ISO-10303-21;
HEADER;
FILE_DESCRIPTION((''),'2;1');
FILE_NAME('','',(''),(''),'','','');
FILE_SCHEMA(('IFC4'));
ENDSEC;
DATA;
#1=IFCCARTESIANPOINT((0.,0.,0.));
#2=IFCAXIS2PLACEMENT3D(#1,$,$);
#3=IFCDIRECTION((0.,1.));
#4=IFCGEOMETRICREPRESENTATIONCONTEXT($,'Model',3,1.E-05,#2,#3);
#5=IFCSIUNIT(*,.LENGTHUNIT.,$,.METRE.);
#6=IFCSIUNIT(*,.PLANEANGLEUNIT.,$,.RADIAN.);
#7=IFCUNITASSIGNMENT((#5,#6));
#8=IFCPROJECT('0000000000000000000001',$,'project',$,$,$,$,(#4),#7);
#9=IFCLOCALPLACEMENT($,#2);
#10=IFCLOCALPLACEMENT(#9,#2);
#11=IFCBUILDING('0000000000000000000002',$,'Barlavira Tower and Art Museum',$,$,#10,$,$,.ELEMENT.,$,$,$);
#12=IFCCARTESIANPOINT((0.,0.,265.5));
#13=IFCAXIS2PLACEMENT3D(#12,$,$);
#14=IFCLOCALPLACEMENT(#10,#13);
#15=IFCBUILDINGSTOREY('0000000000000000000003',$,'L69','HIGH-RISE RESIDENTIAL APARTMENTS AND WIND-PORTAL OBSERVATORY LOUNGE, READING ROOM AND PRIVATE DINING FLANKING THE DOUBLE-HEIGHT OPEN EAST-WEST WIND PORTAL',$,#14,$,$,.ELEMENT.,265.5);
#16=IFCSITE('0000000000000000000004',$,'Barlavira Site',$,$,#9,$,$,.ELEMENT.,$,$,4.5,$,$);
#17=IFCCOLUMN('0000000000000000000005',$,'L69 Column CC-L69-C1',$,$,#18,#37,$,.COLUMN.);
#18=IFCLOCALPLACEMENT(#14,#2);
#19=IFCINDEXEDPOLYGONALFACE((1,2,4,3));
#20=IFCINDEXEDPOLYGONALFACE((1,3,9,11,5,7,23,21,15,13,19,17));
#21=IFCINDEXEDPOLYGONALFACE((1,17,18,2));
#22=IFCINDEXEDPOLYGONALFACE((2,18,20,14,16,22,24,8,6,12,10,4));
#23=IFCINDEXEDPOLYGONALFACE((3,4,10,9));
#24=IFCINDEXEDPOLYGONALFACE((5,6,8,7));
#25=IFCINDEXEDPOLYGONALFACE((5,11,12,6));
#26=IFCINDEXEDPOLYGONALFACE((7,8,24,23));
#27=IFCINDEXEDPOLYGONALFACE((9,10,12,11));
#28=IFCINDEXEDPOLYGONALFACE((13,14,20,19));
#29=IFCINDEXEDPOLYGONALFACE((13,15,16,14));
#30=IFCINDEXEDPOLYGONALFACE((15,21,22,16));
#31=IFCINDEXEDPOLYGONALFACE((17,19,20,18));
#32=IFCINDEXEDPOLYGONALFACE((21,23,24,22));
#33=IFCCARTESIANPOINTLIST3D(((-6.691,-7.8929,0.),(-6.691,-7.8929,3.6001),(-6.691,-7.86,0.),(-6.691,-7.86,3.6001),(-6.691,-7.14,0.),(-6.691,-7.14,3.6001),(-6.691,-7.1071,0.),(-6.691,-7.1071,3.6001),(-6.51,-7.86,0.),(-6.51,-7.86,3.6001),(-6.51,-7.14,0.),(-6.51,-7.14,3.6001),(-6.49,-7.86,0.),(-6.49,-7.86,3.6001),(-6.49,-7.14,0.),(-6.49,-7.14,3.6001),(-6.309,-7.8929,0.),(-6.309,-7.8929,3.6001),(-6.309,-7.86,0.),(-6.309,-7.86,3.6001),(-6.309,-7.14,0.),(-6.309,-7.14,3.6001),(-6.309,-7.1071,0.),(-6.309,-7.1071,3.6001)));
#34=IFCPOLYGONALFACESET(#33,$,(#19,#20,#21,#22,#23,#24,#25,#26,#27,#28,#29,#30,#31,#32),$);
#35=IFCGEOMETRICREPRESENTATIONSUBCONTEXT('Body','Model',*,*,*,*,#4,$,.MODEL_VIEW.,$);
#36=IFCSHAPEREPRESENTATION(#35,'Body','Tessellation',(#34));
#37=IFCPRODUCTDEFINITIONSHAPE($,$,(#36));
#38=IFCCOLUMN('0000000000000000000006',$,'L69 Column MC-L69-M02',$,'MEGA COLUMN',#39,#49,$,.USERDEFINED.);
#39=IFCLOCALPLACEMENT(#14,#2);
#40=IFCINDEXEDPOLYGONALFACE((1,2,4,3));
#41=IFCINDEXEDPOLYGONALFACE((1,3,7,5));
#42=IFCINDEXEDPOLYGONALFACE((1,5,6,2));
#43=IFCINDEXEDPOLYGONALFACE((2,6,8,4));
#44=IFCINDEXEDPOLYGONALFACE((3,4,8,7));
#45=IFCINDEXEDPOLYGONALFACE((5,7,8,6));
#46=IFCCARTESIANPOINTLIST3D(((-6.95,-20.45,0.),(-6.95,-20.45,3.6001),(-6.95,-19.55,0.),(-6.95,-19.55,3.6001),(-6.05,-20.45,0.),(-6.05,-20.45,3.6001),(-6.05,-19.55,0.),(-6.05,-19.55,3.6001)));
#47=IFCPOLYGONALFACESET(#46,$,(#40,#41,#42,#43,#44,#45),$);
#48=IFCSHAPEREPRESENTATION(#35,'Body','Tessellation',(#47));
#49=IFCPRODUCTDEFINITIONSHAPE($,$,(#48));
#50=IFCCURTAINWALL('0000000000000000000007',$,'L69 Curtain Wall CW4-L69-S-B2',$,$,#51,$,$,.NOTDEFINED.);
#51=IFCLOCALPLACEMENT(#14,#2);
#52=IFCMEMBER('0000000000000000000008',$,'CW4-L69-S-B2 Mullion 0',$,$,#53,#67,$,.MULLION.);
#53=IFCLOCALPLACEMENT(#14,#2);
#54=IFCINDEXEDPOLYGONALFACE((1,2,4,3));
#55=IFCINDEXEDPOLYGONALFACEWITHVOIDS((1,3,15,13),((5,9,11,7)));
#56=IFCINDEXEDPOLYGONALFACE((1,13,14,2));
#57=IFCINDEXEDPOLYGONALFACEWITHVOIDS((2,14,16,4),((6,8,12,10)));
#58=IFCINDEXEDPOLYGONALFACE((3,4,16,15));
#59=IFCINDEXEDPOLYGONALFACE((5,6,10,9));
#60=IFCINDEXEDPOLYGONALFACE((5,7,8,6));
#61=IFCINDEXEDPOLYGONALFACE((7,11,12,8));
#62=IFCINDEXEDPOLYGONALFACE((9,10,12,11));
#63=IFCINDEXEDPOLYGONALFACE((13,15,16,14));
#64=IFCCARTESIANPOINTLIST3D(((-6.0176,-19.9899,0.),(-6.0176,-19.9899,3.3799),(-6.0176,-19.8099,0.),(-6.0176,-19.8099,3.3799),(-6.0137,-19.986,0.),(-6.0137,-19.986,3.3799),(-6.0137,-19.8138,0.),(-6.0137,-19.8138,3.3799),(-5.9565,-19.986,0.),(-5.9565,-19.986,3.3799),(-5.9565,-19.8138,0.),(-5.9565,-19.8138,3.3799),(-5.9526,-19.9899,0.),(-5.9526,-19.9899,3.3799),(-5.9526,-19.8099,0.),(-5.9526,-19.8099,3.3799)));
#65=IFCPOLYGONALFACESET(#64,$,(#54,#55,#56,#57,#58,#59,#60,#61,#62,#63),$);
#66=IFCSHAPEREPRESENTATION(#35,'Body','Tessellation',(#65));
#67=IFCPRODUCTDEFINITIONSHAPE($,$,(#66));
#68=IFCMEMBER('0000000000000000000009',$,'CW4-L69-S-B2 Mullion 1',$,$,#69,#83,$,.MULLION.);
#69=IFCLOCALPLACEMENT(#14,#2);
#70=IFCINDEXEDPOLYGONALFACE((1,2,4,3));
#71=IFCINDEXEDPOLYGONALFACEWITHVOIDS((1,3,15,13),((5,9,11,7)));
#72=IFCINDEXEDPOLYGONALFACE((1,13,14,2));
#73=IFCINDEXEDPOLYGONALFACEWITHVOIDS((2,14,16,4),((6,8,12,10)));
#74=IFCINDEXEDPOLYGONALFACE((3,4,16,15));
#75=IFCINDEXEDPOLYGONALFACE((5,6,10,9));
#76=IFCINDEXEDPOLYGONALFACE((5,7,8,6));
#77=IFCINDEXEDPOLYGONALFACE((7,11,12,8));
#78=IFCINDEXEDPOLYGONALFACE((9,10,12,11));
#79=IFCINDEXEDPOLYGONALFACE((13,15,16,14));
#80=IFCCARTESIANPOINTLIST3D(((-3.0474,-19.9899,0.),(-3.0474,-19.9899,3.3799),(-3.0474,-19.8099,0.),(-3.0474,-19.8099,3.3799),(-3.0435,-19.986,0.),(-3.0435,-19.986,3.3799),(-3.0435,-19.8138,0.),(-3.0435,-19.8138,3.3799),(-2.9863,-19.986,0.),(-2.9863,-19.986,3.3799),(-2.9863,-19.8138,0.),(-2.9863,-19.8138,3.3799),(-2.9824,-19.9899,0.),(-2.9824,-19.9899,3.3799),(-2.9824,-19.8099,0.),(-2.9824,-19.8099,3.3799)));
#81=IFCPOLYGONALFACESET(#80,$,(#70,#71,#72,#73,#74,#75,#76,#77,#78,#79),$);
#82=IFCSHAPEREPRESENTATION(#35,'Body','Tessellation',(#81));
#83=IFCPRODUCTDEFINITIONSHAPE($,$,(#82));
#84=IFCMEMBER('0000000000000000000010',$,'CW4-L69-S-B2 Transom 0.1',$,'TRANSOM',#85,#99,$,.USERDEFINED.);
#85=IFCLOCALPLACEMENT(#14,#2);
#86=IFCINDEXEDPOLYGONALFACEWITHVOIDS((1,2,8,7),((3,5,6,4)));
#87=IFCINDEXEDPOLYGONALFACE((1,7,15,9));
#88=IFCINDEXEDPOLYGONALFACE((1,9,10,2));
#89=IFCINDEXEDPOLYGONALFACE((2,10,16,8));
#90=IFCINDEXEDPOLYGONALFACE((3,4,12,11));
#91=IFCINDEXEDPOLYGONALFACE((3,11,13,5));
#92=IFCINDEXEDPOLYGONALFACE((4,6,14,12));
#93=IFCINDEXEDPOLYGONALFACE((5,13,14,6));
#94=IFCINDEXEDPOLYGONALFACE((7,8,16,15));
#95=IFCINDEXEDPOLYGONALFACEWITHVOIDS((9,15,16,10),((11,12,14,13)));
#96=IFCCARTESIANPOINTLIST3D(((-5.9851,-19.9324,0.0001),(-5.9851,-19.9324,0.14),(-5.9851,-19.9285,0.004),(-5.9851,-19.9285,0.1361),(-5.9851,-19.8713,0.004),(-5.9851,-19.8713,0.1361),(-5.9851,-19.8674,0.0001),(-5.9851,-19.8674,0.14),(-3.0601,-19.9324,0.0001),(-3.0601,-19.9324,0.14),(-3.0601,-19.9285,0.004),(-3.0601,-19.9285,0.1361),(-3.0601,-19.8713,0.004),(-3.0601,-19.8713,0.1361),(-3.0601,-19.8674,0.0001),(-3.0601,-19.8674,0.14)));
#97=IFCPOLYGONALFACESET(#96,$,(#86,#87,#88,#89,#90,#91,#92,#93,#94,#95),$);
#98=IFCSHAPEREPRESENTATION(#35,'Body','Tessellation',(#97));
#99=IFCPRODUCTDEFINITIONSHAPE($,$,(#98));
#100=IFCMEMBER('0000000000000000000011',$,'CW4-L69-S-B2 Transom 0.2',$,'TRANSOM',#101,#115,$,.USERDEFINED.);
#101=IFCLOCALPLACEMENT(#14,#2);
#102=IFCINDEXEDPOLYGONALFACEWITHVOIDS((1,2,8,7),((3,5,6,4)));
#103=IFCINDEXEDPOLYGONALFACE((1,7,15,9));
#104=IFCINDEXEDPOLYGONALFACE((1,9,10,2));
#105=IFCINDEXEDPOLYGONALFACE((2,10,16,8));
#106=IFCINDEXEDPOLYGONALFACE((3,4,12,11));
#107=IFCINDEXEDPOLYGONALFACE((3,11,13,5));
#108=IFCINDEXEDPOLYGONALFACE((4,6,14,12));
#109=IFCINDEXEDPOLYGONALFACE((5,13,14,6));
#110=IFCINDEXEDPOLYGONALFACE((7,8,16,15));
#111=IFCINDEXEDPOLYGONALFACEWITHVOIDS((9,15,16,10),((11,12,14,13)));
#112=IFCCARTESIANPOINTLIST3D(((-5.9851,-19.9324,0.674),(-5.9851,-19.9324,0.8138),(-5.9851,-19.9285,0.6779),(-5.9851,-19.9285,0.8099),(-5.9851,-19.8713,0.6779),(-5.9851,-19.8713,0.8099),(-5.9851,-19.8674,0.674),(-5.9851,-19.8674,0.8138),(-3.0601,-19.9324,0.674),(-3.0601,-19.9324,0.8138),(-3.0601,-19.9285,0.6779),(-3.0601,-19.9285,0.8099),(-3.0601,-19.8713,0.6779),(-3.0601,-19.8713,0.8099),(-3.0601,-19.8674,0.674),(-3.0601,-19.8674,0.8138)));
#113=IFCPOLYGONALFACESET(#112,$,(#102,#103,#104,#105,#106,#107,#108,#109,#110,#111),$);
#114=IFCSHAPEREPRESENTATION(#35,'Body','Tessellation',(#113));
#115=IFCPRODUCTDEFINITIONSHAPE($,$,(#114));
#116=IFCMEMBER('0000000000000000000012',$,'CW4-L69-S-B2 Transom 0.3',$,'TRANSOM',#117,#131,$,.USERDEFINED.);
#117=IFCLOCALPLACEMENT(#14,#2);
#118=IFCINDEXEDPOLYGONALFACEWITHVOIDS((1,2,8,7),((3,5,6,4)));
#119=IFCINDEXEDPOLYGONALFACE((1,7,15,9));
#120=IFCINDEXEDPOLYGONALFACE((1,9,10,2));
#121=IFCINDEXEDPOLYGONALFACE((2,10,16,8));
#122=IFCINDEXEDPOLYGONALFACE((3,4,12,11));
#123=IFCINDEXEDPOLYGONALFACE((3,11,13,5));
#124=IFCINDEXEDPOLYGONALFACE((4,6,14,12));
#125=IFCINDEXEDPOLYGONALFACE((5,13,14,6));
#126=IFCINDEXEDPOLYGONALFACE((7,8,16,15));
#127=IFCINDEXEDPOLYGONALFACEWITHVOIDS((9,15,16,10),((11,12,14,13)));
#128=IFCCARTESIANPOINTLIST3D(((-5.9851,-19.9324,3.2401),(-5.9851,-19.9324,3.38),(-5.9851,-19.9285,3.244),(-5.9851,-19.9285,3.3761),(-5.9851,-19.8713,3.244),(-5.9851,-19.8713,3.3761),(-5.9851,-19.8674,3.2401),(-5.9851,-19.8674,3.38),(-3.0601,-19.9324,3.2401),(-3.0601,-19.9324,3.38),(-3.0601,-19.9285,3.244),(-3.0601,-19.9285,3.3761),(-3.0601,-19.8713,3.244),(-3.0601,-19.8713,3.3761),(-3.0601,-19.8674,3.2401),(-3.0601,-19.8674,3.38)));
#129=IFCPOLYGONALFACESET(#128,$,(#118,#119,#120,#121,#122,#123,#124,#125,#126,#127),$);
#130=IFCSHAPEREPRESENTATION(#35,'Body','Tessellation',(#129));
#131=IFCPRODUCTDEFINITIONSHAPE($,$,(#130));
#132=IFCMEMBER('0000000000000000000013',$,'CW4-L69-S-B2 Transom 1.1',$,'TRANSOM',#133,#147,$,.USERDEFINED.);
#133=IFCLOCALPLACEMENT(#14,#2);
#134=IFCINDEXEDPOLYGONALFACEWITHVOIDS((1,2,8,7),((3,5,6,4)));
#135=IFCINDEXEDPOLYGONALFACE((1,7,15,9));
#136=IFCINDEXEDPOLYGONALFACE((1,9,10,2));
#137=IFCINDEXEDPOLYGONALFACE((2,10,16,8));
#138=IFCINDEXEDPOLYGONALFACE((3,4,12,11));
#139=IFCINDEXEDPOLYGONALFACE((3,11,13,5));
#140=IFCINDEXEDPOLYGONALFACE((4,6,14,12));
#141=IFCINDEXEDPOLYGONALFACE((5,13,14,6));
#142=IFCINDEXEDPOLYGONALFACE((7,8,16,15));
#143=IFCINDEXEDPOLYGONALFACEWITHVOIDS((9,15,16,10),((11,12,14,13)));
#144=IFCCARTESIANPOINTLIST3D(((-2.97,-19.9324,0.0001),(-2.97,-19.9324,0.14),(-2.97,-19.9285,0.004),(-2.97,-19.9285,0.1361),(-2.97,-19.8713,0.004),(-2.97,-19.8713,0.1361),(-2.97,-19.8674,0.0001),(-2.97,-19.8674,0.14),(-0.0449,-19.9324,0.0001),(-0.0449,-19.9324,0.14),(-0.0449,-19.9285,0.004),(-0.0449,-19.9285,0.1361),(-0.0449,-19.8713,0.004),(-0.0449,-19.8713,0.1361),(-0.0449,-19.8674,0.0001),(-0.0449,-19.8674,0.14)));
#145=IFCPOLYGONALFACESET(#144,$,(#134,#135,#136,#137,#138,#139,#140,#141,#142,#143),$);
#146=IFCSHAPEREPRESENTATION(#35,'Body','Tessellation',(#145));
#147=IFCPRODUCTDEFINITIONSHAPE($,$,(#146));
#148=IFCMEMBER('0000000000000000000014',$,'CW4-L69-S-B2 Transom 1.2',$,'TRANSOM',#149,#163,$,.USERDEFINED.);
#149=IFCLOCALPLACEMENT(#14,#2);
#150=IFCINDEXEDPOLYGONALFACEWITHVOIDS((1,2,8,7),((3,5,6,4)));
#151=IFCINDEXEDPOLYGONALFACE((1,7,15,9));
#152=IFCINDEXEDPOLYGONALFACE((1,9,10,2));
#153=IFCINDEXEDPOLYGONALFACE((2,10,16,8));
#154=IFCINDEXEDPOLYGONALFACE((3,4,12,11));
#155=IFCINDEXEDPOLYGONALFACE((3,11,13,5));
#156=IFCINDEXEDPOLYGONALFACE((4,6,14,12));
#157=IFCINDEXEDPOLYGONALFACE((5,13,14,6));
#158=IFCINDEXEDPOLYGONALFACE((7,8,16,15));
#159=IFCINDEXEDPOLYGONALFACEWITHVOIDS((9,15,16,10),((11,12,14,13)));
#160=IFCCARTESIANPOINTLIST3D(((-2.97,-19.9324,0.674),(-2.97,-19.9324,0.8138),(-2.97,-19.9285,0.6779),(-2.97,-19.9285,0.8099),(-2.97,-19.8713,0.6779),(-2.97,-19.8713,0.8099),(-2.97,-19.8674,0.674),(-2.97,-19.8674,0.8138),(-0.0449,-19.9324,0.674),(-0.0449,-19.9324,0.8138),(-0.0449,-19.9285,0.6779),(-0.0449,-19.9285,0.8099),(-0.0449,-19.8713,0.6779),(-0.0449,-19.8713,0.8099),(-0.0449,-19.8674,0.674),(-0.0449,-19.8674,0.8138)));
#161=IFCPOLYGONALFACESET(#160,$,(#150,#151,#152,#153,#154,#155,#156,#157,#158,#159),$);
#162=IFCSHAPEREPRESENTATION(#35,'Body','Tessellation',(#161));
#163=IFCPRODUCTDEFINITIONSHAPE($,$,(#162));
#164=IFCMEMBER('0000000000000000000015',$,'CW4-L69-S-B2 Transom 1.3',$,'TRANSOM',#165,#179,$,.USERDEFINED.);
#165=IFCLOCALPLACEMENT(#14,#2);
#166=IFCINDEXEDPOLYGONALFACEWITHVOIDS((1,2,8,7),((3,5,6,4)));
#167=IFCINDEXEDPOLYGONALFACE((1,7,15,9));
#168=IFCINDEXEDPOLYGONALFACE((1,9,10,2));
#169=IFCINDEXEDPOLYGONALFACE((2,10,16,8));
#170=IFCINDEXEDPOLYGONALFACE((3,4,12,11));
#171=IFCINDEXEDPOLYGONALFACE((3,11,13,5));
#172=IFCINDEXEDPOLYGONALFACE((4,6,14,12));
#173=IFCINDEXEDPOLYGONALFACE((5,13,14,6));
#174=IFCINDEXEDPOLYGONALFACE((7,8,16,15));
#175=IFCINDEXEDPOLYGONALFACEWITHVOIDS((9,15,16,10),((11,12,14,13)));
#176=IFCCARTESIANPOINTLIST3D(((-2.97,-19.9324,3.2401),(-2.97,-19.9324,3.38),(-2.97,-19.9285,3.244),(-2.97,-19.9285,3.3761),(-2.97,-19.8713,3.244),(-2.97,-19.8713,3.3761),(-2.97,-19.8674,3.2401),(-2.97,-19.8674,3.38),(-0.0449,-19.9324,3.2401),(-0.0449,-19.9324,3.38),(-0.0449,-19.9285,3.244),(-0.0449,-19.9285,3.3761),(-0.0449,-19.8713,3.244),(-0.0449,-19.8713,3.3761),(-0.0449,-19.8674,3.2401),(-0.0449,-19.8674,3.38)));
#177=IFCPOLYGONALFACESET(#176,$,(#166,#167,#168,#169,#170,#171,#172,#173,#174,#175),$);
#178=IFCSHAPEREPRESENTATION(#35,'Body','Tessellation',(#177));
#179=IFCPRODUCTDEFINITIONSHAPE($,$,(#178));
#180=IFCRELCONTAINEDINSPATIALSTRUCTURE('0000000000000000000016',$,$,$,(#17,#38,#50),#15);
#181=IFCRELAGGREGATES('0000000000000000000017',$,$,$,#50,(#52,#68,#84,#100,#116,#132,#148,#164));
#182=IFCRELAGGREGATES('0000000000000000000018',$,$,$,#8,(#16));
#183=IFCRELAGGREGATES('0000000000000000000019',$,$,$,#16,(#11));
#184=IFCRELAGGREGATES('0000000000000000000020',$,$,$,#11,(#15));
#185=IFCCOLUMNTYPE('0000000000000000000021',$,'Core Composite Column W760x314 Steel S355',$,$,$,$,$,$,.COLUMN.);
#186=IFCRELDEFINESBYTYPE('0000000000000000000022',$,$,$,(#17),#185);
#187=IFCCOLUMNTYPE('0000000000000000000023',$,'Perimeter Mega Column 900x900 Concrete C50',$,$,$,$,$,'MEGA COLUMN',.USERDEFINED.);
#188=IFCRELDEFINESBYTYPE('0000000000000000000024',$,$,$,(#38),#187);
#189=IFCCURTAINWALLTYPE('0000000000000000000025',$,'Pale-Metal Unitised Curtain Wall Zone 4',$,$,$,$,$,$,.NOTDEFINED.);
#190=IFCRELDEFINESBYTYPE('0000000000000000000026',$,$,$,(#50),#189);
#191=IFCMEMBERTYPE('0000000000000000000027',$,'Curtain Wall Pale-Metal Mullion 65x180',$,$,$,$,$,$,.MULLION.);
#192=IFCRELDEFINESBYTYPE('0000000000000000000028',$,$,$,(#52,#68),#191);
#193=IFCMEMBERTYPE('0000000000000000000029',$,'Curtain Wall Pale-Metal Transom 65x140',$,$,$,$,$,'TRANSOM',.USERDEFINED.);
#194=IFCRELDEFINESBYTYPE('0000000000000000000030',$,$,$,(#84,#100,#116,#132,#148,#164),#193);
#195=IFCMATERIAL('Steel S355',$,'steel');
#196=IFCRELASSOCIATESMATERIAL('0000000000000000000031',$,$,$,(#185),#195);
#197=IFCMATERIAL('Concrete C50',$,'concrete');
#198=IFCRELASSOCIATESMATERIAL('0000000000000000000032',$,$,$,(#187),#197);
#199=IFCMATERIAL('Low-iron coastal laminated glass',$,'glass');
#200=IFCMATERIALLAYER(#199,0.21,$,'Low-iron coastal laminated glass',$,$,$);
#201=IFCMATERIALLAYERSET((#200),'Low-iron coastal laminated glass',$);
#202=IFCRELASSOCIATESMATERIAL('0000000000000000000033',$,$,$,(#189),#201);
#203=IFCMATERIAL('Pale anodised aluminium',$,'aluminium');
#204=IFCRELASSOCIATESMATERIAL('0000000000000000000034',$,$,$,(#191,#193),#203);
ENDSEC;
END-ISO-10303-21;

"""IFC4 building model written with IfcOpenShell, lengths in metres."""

from ifc_helpers import new_model, si_unit, direction, frame, origin, origin_2d, place, context, subcontext, project, spatial, rectangle, hollow_rectangle, i_section, extrude, material, layer, layer_set, material_profile, profile_set, type_object, element, aggregate, save


model = new_model("IFC4")

# Units and contexts
model_context = context("Model", 3, precision=1e-05, world=origin(), true_north=direction((0.0, 1.0)))
body_context = subcontext(model_context, "Body", "Model", "MODEL_VIEW")
ifc_project = project(units=[si_unit("LENGTHUNIT", "METRE"), si_unit("PLANEANGLEUNIT", "RADIAN")], contexts=[model_context])

# Site, building, storey
site_placement = place(None, origin())
site = spatial("IfcSite", under=ifc_project, at=site_placement, Name="Barlavira Site", CompositionType="ELEMENT", RefElevation=4.5)
building_placement = place(site_placement, origin())
building = spatial("IfcBuilding", under=site, at=building_placement, Name="Barlavira Tower and Art Museum", CompositionType="ELEMENT")
storey_placement = place(building_placement, frame((0.0, 0.0, 265.5)))
storey = spatial("IfcBuildingStorey", under=building, at=storey_placement, Name="L69", Description="HIGH-RISE RESIDENTIAL APARTMENTS AND WIND-PORTAL OBSERVATORY LOUNGE, READING ROOM AND PRIVATE DINING FLANKING THE DOUBLE-HEIGHT OPEN EAST-WEST WIND PORTAL", CompositionType="ELEMENT", Elevation=265.5)

# Columns
ifc_material_1 = material(Name="Steel S355", Category="steel")
ifc_material_profile_1 = material_profile(ifc_material_1, i_section(OverallWidth=0.3821, OverallDepth=0.7859, WebThickness=0.02, FlangeThickness=0.033, at=origin_2d()), Name="W760x314.0")
ifc_profile_set_1 = profile_set([ifc_material_profile_1], Name="Steel S355")
column_type_1 = type_object("IfcColumnType", Name="Core Composite Column W760x314 Steel S355", PredefinedType="COLUMN", material=ifc_profile_set_1)
column_1_placement = place(storey_placement, frame((-6.5, -7.5, 0.0), z_axis=(0.0, 0.0, 1.0), x_axis=(1.0, 0.0, 0.0)))
element("IfcColumn", 1, at=column_1_placement, inside=storey, type_object=column_type_1, Name="L69 Column CC-L69-C1", PredefinedType="COLUMN", context=body_context, shape_type="SweptSolid", body=[
    extrude(i_section(OverallWidth=0.3821, OverallDepth=0.7859, WebThickness=0.02, FlangeThickness=0.033, at=origin_2d()), origin(), (0.0, 0.0, 1.0), 3.6001),
])
ifc_material_2 = material(Name="Concrete C50", Category="concrete")
ifc_material_profile_2 = material_profile(ifc_material_2, rectangle(XDim=0.8999, YDim=0.8999, at=origin_2d()), Name="RC-COL 900x900")
ifc_profile_set_2 = profile_set([ifc_material_profile_2], Name="Concrete C50")
column_type_2 = type_object("IfcColumnType", Name="Perimeter Mega Column 900x900 Concrete C50", ElementType="MEGA COLUMN", PredefinedType="USERDEFINED", material=ifc_profile_set_2)
column_2_placement = place(storey_placement, frame((-6.5, -20.0, 0.0), z_axis=(0.0, 0.0, 1.0), x_axis=(1.0, 0.0, 0.0)))
element("IfcColumn", 2, at=column_2_placement, inside=storey, type_object=column_type_2, Name="L69 Column MC-L69-M02", ObjectType="MEGA COLUMN", PredefinedType="USERDEFINED", context=body_context, shape_type="SweptSolid", body=[
    extrude(rectangle(XDim=0.8999, YDim=0.8999, at=origin_2d()), origin(), (0.0, 0.0, 1.0), 3.6001),
])

# Curtain wall, members
ifc_material_3 = material(Name="Low-iron coastal laminated glass", Category="glass")
ifc_layer_1 = layer(ifc_material_3, 0.21, Name="Low-iron coastal laminated glass")
ifc_layer_set_1 = layer_set([ifc_layer_1], Name="Low-iron coastal laminated glass")
curtain_wall_type = type_object("IfcCurtainWallType", Name="Pale-Metal Unitised Curtain Wall Zone 4", PredefinedType="NOTDEFINED", material=ifc_layer_set_1)
curtain_wall_placement = place(storey_placement, origin())
curtain_wall = element("IfcCurtainWall", 3, at=curtain_wall_placement, inside=storey, type_object=curtain_wall_type, Name="L69 Curtain Wall CW4-L69-S-B2", PredefinedType="NOTDEFINED")
ifc_material_4 = material(Name="Pale anodised aluminium", Category="aluminium")
ifc_material_profile_3 = material_profile(ifc_material_4, hollow_rectangle(XDim=0.0649, YDim=0.1799, WallThickness=0.0039, at=origin_2d()), Name="ALU-MULL 65x180x4")
ifc_profile_set_3 = profile_set([ifc_material_profile_3], Name="Pale anodised aluminium")
member_type_1 = type_object("IfcMemberType", Name="Curtain Wall Pale-Metal Mullion 65x180", PredefinedType="MULLION", material=ifc_profile_set_3)
member_1_placement = place(storey_placement, frame((-5.9851, -19.8999, 0.0), z_axis=(0.0, 0.0, 1.0), x_axis=(1.0, 0.0, 0.0)))
member_1 = element("IfcMember", 4, at=member_1_placement, type_object=member_type_1, Name="CW4-L69-S-B2 Mullion 0", PredefinedType="MULLION", context=body_context, shape_type="SweptSolid", body=[
    extrude(hollow_rectangle(XDim=0.0649, YDim=0.1799, WallThickness=0.0039, at=origin_2d()), origin(), (0.0, 0.0, 1.0), 3.3799),
])
member_2_placement = place(storey_placement, frame((-3.0149, -19.8999, 0.0), z_axis=(0.0, 0.0, 1.0), x_axis=(1.0, 0.0, 0.0)))
member_2 = element("IfcMember", 5, at=member_2_placement, type_object=member_type_1, Name="CW4-L69-S-B2 Mullion 1", PredefinedType="MULLION", context=body_context, shape_type="SweptSolid", body=[
    extrude(hollow_rectangle(XDim=0.0649, YDim=0.1799, WallThickness=0.0039, at=origin_2d()), origin(), (0.0, 0.0, 1.0), 3.3799),
])
ifc_material_profile_4 = material_profile(ifc_material_4, hollow_rectangle(XDim=0.0649, YDim=0.1399, WallThickness=0.0039, at=origin_2d()), Name="ALU-TRAN 65x140x4")
ifc_profile_set_4 = profile_set([ifc_material_profile_4], Name="Pale anodised aluminium")
member_type_2 = type_object("IfcMemberType", Name="Curtain Wall Pale-Metal Transom 65x140", ElementType="TRANSOM", PredefinedType="USERDEFINED", material=ifc_profile_set_4)
member_3_placement = place(storey_placement, frame((-5.9851, -19.8999, 0.0701), z_axis=(1.0, 0.0, 0.0), x_axis=(0.0, 1.0, 0.0)))
member_3 = element("IfcMember", 6, at=member_3_placement, type_object=member_type_2, Name="CW4-L69-S-B2 Transom 0.1", ObjectType="TRANSOM", PredefinedType="USERDEFINED", context=body_context, shape_type="SweptSolid", body=[
    extrude(hollow_rectangle(XDim=0.0649, YDim=0.1399, WallThickness=0.0039, at=origin_2d()), origin(), (0.0, 0.0, 1.0), 2.925),
])
member_4_placement = place(storey_placement, frame((-5.9851, -19.8999, 0.7439), z_axis=(1.0, 0.0, 0.0), x_axis=(0.0, 1.0, 0.0)))
member_4 = element("IfcMember", 7, at=member_4_placement, type_object=member_type_2, Name="CW4-L69-S-B2 Transom 0.2", ObjectType="TRANSOM", PredefinedType="USERDEFINED", context=body_context, shape_type="SweptSolid", body=[
    extrude(hollow_rectangle(XDim=0.0649, YDim=0.1399, WallThickness=0.0039, at=origin_2d()), origin(), (0.0, 0.0, 1.0), 2.925),
])
member_5_placement = place(storey_placement, frame((-5.9851, -19.8999, 3.3101), z_axis=(1.0, 0.0, 0.0), x_axis=(0.0, 1.0, 0.0)))
member_5 = element("IfcMember", 8, at=member_5_placement, type_object=member_type_2, Name="CW4-L69-S-B2 Transom 0.3", ObjectType="TRANSOM", PredefinedType="USERDEFINED", context=body_context, shape_type="SweptSolid", body=[
    extrude(hollow_rectangle(XDim=0.0649, YDim=0.1399, WallThickness=0.0039, at=origin_2d()), origin(), (0.0, 0.0, 1.0), 2.925),
])
member_6_placement = place(storey_placement, frame((-2.97, -19.8999, 0.0701), z_axis=(1.0, 0.0, 0.0), x_axis=(0.0, 1.0, 0.0)))
member_6 = element("IfcMember", 9, at=member_6_placement, type_object=member_type_2, Name="CW4-L69-S-B2 Transom 1.1", ObjectType="TRANSOM", PredefinedType="USERDEFINED", context=body_context, shape_type="SweptSolid", body=[
    extrude(hollow_rectangle(XDim=0.0649, YDim=0.1399, WallThickness=0.0039, at=origin_2d()), origin(), (0.0, 0.0, 1.0), 2.925),
])
member_7_placement = place(storey_placement, frame((-2.97, -19.8999, 0.7439), z_axis=(1.0, 0.0, 0.0), x_axis=(0.0, 1.0, 0.0)))
member_7 = element("IfcMember", 10, at=member_7_placement, type_object=member_type_2, Name="CW4-L69-S-B2 Transom 1.2", ObjectType="TRANSOM", PredefinedType="USERDEFINED", context=body_context, shape_type="SweptSolid", body=[
    extrude(hollow_rectangle(XDim=0.0649, YDim=0.1399, WallThickness=0.0039, at=origin_2d()), origin(), (0.0, 0.0, 1.0), 2.925),
])
member_8_placement = place(storey_placement, frame((-2.97, -19.8999, 3.3101), z_axis=(1.0, 0.0, 0.0), x_axis=(0.0, 1.0, 0.0)))
member_8 = element("IfcMember", 11, at=member_8_placement, type_object=member_type_2, Name="CW4-L69-S-B2 Transom 1.3", ObjectType="TRANSOM", PredefinedType="USERDEFINED", context=body_context, shape_type="SweptSolid", body=[
    extrude(hollow_rectangle(XDim=0.0649, YDim=0.1399, WallThickness=0.0039, at=origin_2d()), origin(), (0.0, 0.0, 1.0), 2.925),
])

aggregate(curtain_wall, [member_1, member_2, member_3, member_4, member_5, member_6, member_7, member_8])

save(model, "model.ifc")
